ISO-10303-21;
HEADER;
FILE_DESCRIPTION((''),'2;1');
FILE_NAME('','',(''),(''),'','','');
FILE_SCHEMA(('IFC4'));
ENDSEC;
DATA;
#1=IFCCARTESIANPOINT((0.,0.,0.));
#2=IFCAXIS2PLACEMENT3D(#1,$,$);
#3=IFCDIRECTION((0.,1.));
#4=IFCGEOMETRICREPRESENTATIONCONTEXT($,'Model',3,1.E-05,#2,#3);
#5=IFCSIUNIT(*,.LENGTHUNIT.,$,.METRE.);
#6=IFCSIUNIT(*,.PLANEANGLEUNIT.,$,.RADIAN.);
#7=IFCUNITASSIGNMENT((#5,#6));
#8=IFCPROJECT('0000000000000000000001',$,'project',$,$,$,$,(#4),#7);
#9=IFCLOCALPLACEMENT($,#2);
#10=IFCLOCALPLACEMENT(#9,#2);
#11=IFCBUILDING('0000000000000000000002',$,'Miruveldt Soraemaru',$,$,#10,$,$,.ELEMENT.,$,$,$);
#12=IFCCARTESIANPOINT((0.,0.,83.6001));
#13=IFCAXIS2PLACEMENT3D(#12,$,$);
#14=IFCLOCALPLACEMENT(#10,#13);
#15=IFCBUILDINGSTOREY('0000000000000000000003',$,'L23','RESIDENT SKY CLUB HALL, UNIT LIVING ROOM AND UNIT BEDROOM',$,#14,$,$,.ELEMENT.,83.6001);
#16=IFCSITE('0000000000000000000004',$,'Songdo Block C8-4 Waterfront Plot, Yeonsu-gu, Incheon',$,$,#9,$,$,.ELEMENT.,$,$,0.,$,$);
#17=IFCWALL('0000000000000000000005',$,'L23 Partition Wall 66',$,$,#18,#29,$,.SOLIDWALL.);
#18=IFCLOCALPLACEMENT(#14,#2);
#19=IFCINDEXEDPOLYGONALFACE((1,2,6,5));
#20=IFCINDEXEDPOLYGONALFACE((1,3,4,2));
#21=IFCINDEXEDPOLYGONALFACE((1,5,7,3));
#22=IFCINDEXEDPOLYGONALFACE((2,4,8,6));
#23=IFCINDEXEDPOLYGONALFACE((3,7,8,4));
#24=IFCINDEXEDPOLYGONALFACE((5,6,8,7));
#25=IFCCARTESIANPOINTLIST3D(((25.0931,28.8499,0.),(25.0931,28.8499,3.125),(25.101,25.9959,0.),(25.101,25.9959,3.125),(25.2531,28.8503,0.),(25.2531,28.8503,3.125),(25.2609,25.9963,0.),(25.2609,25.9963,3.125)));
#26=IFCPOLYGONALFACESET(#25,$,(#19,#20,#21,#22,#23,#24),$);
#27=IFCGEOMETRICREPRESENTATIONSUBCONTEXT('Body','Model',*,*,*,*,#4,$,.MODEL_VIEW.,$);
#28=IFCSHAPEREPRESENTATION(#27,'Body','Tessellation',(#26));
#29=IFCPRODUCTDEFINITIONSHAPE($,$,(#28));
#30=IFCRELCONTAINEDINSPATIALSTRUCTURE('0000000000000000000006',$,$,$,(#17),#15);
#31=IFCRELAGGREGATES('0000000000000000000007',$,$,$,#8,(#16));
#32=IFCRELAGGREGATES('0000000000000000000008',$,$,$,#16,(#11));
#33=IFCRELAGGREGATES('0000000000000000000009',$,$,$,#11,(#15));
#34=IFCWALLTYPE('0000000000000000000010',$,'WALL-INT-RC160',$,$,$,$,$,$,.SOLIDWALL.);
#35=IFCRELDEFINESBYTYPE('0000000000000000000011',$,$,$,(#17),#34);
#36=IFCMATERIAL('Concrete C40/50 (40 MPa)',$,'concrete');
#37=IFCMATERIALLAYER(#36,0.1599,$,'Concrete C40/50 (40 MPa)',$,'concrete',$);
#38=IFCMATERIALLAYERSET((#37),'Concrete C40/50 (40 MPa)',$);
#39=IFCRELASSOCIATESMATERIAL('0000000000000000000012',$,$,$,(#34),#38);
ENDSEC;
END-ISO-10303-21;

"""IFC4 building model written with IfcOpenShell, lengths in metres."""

from ifc_helpers import new_model, si_unit, direction, frame, frame_2d, origin, place, context, subcontext, project, spatial, rectangle, extrude, material, layer, layer_set, type_object, element, save


model = new_model("IFC4")

# Units and contexts
model_context = context("Model", 3, precision=1e-05, world=origin(), true_north=direction((0.0, 1.0)))
body_context = subcontext(model_context, "Body", "Model", "MODEL_VIEW")
ifc_project = project(units=[si_unit("LENGTHUNIT", "METRE"), si_unit("PLANEANGLEUNIT", "RADIAN")], contexts=[model_context])

# Site, building, storey
site_placement = place(None, origin())
site = spatial("IfcSite", under=ifc_project, at=site_placement, Name="Songdo Block C8-4 Waterfront Plot, Yeonsu-gu, Incheon", CompositionType="ELEMENT", RefElevation=0.0)
building_placement = place(site_placement, origin())
building = spatial("IfcBuilding", under=site, at=building_placement, Name="Miruveldt Soraemaru", CompositionType="ELEMENT")
storey_placement = place(building_placement, frame((0.0, 0.0, 83.6001)))
storey = spatial("IfcBuildingStorey", under=building, at=storey_placement, Name="L23", Description="RESIDENT SKY CLUB HALL, UNIT LIVING ROOM AND UNIT BEDROOM", CompositionType="ELEMENT", Elevation=83.6001)

# Shared definitions
ifc_material_1 = material(Name="Concrete C40/50 (40 MPa)", Category="concrete")

# Wall
ifc_layer_1 = layer(ifc_material_1, 0.1599, Name="Concrete C40/50 (40 MPa)", Category="concrete")
ifc_layer_set_1 = layer_set([ifc_layer_1], Name="Concrete C40/50 (40 MPa)")
wall_type_1 = type_object("IfcWallType", Name="WALL-INT-RC160", PredefinedType="SOLIDWALL", material=ifc_layer_set_1)
wall_1_placement = place(storey_placement, frame((25.1809, 25.9961, 0.0), z_axis=(0.0, 0.0, 1.0), x_axis=(-0.002737, 0.999996, 0.0)))
element("IfcWall", 1, at=wall_1_placement, inside=storey, type_object=wall_type_1, Name="L23 Partition Wall 66", PredefinedType="SOLIDWALL", context=body_context, shape_type="SweptSolid", body=[
    extrude(rectangle(XDim=2.854, YDim=0.1599, at=frame_2d((1.427, 0.0))), origin(), (0.0, 0.0, 1.0), 3.125),
])

save(model, "model.ifc")
